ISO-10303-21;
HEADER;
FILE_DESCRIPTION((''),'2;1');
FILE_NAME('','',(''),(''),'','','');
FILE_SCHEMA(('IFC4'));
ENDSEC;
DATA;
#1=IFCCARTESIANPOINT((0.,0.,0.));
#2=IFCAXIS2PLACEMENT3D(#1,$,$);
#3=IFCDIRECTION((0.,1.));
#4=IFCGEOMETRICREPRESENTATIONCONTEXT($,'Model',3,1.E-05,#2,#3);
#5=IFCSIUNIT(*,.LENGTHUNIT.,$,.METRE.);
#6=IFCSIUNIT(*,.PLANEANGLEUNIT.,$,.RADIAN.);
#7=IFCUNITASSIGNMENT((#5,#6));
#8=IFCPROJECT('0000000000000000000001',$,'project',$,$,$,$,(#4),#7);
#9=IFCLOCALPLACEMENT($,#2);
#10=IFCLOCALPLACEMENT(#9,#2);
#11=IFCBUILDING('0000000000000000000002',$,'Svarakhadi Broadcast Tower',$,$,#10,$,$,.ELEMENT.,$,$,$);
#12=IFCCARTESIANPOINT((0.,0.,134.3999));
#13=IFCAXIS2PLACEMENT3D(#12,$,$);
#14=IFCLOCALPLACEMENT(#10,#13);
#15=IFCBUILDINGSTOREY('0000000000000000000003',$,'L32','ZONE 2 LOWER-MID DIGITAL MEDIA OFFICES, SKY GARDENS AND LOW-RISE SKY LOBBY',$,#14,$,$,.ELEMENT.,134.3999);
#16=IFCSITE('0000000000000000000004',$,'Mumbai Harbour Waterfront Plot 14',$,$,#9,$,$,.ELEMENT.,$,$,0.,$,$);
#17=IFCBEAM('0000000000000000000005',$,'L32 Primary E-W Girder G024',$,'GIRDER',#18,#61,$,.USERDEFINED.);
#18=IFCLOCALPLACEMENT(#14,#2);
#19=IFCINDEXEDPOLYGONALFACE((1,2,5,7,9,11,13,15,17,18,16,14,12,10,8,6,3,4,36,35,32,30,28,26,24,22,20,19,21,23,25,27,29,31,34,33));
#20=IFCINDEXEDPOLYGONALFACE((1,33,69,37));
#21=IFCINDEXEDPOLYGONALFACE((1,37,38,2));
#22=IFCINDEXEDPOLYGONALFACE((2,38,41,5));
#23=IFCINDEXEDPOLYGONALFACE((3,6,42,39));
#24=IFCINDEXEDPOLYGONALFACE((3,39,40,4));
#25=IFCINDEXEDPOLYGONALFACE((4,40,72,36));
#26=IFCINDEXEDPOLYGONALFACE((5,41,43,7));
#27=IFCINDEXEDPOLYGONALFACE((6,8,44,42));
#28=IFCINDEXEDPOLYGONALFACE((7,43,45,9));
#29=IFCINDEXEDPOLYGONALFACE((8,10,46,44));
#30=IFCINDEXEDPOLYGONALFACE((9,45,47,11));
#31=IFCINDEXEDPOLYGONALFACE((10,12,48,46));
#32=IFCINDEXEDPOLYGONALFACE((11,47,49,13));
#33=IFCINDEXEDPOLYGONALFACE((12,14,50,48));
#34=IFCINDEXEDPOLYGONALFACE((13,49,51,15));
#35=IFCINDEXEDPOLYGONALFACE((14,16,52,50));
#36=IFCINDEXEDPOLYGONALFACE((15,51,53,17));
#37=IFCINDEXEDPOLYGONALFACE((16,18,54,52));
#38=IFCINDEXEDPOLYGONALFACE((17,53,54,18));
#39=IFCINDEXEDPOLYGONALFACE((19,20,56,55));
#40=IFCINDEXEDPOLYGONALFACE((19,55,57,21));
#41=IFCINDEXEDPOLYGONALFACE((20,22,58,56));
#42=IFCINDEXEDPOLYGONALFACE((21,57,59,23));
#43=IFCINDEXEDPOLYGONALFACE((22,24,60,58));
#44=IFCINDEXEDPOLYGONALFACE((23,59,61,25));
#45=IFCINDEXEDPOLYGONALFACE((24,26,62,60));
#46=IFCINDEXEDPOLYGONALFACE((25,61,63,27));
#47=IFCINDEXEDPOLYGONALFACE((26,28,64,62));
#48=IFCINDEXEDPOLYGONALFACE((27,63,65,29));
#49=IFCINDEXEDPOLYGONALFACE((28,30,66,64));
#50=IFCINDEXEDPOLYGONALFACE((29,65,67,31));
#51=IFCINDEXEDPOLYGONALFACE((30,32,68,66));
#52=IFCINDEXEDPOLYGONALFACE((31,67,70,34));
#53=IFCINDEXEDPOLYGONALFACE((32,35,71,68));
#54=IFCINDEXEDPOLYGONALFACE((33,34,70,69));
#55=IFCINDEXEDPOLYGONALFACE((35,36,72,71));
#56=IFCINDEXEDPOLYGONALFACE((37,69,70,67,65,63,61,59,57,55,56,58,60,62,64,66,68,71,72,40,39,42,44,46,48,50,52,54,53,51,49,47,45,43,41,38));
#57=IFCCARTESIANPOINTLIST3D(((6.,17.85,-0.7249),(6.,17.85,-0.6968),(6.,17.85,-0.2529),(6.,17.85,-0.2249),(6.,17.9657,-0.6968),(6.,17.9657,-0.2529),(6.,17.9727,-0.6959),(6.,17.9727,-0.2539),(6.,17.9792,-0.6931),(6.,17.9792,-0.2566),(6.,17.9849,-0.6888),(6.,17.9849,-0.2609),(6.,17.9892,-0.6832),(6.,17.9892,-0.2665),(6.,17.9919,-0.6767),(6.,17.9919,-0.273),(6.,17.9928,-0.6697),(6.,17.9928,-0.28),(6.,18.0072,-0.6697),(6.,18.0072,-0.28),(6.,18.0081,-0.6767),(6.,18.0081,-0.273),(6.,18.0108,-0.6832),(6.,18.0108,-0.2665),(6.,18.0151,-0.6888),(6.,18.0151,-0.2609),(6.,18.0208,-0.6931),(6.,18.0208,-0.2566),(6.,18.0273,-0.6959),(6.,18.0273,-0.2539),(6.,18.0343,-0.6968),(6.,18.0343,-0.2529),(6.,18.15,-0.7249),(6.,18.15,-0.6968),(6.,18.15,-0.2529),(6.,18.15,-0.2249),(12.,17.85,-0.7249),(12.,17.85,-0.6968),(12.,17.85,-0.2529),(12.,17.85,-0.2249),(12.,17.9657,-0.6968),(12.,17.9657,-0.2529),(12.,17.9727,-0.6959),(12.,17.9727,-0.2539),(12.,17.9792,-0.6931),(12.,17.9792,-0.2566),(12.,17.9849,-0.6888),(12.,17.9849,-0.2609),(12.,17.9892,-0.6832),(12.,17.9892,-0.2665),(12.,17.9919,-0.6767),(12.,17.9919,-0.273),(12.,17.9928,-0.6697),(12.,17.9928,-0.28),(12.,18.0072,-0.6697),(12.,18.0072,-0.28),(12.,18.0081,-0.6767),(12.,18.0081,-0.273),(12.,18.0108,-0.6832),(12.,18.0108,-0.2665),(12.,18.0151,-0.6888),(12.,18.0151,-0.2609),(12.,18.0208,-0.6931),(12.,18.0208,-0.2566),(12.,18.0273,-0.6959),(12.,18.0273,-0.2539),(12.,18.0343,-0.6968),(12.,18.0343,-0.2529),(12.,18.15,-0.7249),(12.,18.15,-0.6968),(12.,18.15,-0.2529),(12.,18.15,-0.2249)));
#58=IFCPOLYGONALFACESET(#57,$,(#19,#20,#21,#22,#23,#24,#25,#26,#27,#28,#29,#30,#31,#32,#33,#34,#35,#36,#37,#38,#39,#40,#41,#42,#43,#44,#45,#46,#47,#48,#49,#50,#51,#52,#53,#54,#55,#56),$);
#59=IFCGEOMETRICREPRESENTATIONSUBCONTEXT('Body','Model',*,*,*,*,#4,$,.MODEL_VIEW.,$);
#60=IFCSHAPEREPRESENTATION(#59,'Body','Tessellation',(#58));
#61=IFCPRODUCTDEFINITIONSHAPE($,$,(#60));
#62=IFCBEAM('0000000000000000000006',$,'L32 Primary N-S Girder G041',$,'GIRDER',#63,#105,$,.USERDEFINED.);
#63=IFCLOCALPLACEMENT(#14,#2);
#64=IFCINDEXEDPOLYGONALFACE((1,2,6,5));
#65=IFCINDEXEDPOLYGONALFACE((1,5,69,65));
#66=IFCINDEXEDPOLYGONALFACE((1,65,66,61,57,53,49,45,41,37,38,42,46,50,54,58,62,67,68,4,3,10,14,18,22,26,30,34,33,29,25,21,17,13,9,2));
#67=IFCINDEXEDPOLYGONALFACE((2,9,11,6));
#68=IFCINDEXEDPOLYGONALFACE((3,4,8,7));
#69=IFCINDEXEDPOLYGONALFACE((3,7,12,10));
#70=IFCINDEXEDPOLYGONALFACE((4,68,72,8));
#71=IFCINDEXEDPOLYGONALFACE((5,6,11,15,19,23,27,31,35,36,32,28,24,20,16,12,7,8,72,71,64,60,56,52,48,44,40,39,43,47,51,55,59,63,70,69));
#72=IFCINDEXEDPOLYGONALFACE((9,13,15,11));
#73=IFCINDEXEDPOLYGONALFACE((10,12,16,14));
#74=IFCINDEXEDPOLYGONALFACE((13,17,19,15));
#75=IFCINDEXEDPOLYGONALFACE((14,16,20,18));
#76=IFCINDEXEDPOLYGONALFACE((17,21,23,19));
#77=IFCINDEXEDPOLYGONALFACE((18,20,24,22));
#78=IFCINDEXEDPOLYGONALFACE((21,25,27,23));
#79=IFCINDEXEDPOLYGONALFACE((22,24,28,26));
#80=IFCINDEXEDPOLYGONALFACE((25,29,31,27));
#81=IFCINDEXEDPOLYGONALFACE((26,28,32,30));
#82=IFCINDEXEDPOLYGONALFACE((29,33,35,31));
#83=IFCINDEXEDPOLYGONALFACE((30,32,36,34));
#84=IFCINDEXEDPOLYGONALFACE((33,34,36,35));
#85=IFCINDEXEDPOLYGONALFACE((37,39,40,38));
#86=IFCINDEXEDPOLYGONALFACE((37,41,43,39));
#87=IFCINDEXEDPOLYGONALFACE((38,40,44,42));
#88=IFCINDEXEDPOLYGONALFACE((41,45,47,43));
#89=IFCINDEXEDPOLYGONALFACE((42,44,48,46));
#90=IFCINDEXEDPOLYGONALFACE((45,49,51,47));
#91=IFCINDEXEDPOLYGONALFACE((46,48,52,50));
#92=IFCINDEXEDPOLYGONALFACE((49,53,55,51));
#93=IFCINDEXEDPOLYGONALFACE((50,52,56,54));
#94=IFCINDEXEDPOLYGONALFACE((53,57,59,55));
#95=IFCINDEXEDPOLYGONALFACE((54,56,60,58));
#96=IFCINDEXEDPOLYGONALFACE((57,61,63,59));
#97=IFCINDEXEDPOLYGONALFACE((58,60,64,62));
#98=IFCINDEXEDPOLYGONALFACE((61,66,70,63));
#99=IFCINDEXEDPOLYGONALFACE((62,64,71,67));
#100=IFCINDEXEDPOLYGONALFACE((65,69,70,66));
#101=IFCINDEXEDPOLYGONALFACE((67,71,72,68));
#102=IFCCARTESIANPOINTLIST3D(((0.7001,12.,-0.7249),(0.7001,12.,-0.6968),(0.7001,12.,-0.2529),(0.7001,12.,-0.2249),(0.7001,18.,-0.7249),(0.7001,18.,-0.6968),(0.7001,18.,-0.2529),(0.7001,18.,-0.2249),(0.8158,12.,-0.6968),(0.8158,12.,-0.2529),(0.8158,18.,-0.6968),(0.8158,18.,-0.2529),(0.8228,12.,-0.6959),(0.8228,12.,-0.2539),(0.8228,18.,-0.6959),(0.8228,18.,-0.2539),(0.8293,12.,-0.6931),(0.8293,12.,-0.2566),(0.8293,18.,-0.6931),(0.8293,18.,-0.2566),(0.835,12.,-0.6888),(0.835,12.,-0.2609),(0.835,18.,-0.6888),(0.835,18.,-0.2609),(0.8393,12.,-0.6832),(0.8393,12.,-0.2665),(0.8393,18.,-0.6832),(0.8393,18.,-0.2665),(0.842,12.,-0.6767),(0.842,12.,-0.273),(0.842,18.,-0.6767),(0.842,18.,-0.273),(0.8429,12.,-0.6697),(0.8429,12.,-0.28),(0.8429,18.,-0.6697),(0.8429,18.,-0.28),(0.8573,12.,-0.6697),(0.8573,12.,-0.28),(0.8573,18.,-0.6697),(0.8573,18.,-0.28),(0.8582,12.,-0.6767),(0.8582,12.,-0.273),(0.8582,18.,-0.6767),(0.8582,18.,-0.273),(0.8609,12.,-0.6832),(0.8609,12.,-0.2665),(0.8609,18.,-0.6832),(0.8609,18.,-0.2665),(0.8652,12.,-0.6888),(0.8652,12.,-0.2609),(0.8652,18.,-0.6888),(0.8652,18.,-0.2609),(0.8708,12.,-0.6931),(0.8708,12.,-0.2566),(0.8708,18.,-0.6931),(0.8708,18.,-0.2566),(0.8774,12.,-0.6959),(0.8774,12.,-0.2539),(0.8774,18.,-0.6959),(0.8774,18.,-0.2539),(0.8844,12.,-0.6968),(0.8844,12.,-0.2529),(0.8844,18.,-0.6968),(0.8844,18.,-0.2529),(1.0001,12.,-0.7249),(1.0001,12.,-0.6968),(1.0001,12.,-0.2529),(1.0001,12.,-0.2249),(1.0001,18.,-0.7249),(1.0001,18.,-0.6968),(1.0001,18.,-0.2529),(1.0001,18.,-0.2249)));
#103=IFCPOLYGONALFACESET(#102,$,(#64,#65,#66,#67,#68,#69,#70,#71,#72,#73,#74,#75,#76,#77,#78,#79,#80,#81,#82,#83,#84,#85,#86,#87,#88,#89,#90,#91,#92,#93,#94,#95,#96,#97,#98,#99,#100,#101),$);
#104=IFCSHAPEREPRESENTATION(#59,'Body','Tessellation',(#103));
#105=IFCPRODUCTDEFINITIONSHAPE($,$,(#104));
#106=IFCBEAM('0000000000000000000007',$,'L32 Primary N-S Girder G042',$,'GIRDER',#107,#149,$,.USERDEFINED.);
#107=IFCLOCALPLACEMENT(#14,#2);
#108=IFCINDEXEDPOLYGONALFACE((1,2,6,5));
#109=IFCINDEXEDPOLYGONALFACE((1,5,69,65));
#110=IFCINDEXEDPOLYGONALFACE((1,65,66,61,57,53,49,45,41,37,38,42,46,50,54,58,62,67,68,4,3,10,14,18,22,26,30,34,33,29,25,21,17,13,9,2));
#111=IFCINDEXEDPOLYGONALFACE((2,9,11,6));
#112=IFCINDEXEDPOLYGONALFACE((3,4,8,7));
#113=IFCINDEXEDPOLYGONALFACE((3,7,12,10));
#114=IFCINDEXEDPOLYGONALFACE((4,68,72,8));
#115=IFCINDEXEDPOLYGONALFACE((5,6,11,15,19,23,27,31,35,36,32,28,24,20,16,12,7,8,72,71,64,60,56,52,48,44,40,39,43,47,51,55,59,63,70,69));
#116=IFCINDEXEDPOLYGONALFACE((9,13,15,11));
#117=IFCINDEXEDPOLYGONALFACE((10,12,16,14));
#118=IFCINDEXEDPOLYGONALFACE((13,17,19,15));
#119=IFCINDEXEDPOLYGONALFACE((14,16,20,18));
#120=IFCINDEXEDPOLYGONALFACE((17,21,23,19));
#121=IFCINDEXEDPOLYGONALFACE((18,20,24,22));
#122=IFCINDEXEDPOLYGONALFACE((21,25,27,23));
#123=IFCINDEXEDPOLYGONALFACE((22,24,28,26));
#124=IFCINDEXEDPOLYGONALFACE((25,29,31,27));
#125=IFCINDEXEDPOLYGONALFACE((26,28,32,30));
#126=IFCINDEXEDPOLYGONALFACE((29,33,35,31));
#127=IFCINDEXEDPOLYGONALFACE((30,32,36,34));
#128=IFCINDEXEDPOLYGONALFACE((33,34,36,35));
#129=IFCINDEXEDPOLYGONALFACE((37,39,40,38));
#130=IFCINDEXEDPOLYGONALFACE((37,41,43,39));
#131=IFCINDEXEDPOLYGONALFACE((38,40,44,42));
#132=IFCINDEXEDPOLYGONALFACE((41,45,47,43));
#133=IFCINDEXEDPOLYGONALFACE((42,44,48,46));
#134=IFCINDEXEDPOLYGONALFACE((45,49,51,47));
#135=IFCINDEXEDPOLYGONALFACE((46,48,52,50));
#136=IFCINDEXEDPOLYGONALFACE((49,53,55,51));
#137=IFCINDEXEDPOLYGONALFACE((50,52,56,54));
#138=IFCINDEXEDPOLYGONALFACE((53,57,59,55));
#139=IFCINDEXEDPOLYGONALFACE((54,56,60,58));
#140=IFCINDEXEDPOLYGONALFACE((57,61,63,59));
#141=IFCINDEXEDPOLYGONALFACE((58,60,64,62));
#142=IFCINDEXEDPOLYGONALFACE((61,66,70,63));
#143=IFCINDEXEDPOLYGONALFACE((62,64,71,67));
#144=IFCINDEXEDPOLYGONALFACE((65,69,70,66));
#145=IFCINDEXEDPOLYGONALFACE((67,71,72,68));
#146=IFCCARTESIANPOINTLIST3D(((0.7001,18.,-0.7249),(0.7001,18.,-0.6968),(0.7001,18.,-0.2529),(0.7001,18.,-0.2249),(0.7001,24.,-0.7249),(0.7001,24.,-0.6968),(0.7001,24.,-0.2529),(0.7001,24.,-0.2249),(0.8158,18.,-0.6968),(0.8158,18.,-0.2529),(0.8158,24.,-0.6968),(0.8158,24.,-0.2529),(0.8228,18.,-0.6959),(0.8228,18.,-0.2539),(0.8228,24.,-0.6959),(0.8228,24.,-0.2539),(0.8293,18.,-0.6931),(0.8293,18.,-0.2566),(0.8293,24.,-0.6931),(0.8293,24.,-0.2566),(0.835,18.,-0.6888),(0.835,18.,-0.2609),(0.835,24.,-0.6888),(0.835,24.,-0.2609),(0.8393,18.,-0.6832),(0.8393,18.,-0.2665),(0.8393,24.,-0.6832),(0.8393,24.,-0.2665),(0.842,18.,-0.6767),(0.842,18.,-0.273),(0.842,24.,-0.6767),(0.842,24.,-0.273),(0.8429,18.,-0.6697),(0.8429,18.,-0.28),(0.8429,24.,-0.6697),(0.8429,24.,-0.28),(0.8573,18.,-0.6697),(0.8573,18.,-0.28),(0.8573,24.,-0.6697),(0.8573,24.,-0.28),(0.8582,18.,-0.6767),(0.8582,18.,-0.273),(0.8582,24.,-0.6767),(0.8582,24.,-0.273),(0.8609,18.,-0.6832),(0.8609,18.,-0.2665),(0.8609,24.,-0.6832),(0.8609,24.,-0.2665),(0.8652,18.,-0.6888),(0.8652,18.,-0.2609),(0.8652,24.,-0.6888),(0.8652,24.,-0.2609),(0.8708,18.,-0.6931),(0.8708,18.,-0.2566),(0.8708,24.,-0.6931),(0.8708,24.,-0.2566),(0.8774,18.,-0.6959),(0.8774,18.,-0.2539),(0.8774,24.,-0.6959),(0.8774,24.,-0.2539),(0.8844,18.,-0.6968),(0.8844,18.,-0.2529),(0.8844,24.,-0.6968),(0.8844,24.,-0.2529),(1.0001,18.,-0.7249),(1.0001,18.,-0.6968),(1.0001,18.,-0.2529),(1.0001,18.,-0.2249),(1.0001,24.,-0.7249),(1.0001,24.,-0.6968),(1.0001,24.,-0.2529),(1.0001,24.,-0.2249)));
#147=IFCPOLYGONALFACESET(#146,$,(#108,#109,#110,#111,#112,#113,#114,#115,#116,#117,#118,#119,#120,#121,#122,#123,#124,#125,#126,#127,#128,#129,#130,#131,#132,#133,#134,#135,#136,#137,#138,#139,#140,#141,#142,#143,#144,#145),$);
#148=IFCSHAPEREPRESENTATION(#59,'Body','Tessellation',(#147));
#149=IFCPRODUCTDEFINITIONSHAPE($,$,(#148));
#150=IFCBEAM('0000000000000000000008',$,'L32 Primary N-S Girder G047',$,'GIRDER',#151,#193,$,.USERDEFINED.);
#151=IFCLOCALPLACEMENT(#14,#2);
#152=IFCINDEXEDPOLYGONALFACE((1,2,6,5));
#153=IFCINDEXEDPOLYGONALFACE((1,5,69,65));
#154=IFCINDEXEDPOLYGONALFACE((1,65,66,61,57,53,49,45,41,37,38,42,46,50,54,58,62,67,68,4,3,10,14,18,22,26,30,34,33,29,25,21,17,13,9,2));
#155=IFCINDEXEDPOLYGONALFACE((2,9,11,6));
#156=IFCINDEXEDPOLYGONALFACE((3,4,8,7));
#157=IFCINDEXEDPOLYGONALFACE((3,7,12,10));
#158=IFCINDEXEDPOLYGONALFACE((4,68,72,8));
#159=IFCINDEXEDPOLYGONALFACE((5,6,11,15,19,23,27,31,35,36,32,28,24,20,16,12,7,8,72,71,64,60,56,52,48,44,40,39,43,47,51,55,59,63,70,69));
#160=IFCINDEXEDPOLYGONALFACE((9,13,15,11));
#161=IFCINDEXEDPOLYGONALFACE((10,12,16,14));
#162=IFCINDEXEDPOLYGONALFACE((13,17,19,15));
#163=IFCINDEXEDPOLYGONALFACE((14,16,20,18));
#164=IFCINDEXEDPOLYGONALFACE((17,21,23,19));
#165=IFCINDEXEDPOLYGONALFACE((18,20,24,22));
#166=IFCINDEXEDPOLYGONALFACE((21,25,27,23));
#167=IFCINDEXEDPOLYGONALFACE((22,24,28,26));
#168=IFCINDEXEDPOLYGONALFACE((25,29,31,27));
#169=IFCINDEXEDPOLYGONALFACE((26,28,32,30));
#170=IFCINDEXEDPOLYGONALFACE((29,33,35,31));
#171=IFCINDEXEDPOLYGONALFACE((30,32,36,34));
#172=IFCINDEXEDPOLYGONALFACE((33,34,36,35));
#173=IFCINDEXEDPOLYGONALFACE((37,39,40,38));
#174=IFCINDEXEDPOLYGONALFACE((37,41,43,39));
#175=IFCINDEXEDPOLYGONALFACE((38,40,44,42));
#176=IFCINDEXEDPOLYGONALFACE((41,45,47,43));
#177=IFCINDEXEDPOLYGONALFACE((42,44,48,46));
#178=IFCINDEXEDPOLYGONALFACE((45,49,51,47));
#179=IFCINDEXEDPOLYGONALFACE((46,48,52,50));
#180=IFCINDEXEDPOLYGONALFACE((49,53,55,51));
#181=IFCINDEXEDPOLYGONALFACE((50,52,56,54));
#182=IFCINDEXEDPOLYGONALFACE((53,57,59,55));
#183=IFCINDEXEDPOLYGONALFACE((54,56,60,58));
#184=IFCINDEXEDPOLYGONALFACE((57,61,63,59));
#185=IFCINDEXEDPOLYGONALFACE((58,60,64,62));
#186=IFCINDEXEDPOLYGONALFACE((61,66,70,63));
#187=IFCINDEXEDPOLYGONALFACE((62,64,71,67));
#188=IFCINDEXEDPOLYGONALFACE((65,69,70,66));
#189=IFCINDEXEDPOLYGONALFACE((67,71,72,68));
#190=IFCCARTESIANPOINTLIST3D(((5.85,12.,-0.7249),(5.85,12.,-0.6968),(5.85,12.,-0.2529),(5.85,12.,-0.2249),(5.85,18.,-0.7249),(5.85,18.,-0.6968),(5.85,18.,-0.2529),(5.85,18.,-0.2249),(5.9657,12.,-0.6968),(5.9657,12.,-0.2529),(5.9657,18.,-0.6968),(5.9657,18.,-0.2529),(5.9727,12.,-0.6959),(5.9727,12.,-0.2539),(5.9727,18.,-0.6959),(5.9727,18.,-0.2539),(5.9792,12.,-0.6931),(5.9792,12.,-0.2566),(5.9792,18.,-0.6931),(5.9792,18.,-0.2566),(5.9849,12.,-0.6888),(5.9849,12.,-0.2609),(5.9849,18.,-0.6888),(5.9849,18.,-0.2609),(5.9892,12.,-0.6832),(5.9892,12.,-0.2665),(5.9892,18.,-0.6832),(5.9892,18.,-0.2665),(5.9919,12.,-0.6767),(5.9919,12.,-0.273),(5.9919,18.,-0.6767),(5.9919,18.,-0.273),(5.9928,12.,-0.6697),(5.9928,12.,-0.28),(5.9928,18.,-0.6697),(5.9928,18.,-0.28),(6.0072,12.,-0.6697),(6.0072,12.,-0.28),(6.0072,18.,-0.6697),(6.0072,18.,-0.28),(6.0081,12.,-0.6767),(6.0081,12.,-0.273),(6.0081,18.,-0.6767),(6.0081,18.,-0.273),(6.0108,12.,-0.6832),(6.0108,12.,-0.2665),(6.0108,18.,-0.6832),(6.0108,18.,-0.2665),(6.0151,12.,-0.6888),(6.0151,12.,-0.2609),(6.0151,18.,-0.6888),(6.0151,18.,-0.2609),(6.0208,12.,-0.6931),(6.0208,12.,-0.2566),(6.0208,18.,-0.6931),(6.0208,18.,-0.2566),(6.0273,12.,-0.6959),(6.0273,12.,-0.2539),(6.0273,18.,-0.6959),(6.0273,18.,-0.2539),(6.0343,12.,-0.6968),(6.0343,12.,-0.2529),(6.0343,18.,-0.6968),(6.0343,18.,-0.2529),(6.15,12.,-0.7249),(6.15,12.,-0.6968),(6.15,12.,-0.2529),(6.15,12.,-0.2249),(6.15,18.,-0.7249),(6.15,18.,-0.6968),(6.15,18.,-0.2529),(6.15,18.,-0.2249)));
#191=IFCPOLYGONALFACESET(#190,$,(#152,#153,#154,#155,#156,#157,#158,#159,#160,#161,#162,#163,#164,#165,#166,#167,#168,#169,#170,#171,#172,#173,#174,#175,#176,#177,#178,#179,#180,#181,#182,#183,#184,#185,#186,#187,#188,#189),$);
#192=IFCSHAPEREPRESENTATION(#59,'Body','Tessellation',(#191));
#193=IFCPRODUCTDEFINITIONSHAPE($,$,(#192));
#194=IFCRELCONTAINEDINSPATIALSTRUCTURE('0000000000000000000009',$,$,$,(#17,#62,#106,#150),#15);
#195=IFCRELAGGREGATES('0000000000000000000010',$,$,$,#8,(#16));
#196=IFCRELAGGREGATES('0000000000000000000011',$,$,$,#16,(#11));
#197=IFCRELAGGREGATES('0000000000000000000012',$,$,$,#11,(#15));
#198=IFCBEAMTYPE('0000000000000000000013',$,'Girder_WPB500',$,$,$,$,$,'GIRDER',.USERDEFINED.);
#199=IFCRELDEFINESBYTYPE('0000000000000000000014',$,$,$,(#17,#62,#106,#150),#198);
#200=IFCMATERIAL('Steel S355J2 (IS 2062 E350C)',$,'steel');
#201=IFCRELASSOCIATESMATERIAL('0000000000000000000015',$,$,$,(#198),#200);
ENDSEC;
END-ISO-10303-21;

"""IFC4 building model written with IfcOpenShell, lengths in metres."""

from ifc_helpers import new_model, si_unit, direction, frame, origin, origin_2d, place, context, subcontext, project, spatial, i_section, extrude, material, material_profile, profile_set, type_object, element, save


model = new_model("IFC4")

# Units and contexts
model_context = context("Model", 3, precision=1e-05, world=origin(), true_north=direction((0.0, 1.0)))
body_context = subcontext(model_context, "Body", "Model", "MODEL_VIEW")
ifc_project = project(units=[si_unit("LENGTHUNIT", "METRE"), si_unit("PLANEANGLEUNIT", "RADIAN")], contexts=[model_context])

# Site, building, storey
site_placement = place(None, origin())
site = spatial("IfcSite", under=ifc_project, at=site_placement, Name="Mumbai Harbour Waterfront Plot 14", CompositionType="ELEMENT", RefElevation=0.0)
building_placement = place(site_placement, origin())
building = spatial("IfcBuilding", under=site, at=building_placement, Name="Svarakhadi Broadcast Tower", CompositionType="ELEMENT")
storey_placement = place(building_placement, frame((0.0, 0.0, 134.3999)))
storey = spatial("IfcBuildingStorey", under=building, at=storey_placement, Name="L32", Description="ZONE 2 LOWER-MID DIGITAL MEDIA OFFICES, SKY GARDENS AND LOW-RISE SKY LOBBY", CompositionType="ELEMENT", Elevation=134.3999)

# Shared definitions
ifc_material_1 = material(Name="Steel S355J2 (IS 2062 E350C)", Category="steel")

# Beams
ifc_material_profile_1 = material_profile(ifc_material_1, i_section(OverallWidth=0.3, OverallDepth=0.5, WebThickness=0.0144, FlangeThickness=0.0281, FilletRadius=0.0271, at=origin_2d()), Name="WPB 500x300x187")
ifc_profile_set_1 = profile_set([ifc_material_profile_1], Name="Steel S355J2 (IS 2062 E350C)")
beam_type_1 = type_object("IfcBeamType", Name="Girder_WPB500", ElementType="GIRDER", PredefinedType="USERDEFINED", material=ifc_profile_set_1)
for number, where, z_axis, x_axis, name in (
    (1, (6.0, 18.0, -0.4749), (1.0, 0.0, 0.0), (0.0, 1.0, 0.0), "L32 Primary E-W Girder G024"),
    (2, (0.8501, 12.0, -0.4749), (0.0, 1.0, 0.0), (-1.0, 0.0, 0.0), "L32 Primary N-S Girder G041"),
    (3, (0.8501, 18.0, -0.4749), (0.0, 1.0, 0.0), (-1.0, 0.0, 0.0), "L32 Primary N-S Girder G042"),
    (4, (6.0, 12.0, -0.4749), (0.0, 1.0, 0.0), (-1.0, 0.0, 0.0), "L32 Primary N-S Girder G047"),
):
    element("IfcBeam", number, at=place(storey_placement, frame(where, z_axis=z_axis, x_axis=x_axis)), inside=storey, type_object=beam_type_1, Name=name, ObjectType="GIRDER", PredefinedType="USERDEFINED", context=body_context, shape_type="SweptSolid", body=[
        extrude(i_section(OverallWidth=0.3, OverallDepth=0.5, WebThickness=0.0144, FlangeThickness=0.0281, FilletRadius=0.0271, at=origin_2d()), origin(), (0.0, 0.0, 1.0), 6.0),
    ])

save(model, "model.ifc")
